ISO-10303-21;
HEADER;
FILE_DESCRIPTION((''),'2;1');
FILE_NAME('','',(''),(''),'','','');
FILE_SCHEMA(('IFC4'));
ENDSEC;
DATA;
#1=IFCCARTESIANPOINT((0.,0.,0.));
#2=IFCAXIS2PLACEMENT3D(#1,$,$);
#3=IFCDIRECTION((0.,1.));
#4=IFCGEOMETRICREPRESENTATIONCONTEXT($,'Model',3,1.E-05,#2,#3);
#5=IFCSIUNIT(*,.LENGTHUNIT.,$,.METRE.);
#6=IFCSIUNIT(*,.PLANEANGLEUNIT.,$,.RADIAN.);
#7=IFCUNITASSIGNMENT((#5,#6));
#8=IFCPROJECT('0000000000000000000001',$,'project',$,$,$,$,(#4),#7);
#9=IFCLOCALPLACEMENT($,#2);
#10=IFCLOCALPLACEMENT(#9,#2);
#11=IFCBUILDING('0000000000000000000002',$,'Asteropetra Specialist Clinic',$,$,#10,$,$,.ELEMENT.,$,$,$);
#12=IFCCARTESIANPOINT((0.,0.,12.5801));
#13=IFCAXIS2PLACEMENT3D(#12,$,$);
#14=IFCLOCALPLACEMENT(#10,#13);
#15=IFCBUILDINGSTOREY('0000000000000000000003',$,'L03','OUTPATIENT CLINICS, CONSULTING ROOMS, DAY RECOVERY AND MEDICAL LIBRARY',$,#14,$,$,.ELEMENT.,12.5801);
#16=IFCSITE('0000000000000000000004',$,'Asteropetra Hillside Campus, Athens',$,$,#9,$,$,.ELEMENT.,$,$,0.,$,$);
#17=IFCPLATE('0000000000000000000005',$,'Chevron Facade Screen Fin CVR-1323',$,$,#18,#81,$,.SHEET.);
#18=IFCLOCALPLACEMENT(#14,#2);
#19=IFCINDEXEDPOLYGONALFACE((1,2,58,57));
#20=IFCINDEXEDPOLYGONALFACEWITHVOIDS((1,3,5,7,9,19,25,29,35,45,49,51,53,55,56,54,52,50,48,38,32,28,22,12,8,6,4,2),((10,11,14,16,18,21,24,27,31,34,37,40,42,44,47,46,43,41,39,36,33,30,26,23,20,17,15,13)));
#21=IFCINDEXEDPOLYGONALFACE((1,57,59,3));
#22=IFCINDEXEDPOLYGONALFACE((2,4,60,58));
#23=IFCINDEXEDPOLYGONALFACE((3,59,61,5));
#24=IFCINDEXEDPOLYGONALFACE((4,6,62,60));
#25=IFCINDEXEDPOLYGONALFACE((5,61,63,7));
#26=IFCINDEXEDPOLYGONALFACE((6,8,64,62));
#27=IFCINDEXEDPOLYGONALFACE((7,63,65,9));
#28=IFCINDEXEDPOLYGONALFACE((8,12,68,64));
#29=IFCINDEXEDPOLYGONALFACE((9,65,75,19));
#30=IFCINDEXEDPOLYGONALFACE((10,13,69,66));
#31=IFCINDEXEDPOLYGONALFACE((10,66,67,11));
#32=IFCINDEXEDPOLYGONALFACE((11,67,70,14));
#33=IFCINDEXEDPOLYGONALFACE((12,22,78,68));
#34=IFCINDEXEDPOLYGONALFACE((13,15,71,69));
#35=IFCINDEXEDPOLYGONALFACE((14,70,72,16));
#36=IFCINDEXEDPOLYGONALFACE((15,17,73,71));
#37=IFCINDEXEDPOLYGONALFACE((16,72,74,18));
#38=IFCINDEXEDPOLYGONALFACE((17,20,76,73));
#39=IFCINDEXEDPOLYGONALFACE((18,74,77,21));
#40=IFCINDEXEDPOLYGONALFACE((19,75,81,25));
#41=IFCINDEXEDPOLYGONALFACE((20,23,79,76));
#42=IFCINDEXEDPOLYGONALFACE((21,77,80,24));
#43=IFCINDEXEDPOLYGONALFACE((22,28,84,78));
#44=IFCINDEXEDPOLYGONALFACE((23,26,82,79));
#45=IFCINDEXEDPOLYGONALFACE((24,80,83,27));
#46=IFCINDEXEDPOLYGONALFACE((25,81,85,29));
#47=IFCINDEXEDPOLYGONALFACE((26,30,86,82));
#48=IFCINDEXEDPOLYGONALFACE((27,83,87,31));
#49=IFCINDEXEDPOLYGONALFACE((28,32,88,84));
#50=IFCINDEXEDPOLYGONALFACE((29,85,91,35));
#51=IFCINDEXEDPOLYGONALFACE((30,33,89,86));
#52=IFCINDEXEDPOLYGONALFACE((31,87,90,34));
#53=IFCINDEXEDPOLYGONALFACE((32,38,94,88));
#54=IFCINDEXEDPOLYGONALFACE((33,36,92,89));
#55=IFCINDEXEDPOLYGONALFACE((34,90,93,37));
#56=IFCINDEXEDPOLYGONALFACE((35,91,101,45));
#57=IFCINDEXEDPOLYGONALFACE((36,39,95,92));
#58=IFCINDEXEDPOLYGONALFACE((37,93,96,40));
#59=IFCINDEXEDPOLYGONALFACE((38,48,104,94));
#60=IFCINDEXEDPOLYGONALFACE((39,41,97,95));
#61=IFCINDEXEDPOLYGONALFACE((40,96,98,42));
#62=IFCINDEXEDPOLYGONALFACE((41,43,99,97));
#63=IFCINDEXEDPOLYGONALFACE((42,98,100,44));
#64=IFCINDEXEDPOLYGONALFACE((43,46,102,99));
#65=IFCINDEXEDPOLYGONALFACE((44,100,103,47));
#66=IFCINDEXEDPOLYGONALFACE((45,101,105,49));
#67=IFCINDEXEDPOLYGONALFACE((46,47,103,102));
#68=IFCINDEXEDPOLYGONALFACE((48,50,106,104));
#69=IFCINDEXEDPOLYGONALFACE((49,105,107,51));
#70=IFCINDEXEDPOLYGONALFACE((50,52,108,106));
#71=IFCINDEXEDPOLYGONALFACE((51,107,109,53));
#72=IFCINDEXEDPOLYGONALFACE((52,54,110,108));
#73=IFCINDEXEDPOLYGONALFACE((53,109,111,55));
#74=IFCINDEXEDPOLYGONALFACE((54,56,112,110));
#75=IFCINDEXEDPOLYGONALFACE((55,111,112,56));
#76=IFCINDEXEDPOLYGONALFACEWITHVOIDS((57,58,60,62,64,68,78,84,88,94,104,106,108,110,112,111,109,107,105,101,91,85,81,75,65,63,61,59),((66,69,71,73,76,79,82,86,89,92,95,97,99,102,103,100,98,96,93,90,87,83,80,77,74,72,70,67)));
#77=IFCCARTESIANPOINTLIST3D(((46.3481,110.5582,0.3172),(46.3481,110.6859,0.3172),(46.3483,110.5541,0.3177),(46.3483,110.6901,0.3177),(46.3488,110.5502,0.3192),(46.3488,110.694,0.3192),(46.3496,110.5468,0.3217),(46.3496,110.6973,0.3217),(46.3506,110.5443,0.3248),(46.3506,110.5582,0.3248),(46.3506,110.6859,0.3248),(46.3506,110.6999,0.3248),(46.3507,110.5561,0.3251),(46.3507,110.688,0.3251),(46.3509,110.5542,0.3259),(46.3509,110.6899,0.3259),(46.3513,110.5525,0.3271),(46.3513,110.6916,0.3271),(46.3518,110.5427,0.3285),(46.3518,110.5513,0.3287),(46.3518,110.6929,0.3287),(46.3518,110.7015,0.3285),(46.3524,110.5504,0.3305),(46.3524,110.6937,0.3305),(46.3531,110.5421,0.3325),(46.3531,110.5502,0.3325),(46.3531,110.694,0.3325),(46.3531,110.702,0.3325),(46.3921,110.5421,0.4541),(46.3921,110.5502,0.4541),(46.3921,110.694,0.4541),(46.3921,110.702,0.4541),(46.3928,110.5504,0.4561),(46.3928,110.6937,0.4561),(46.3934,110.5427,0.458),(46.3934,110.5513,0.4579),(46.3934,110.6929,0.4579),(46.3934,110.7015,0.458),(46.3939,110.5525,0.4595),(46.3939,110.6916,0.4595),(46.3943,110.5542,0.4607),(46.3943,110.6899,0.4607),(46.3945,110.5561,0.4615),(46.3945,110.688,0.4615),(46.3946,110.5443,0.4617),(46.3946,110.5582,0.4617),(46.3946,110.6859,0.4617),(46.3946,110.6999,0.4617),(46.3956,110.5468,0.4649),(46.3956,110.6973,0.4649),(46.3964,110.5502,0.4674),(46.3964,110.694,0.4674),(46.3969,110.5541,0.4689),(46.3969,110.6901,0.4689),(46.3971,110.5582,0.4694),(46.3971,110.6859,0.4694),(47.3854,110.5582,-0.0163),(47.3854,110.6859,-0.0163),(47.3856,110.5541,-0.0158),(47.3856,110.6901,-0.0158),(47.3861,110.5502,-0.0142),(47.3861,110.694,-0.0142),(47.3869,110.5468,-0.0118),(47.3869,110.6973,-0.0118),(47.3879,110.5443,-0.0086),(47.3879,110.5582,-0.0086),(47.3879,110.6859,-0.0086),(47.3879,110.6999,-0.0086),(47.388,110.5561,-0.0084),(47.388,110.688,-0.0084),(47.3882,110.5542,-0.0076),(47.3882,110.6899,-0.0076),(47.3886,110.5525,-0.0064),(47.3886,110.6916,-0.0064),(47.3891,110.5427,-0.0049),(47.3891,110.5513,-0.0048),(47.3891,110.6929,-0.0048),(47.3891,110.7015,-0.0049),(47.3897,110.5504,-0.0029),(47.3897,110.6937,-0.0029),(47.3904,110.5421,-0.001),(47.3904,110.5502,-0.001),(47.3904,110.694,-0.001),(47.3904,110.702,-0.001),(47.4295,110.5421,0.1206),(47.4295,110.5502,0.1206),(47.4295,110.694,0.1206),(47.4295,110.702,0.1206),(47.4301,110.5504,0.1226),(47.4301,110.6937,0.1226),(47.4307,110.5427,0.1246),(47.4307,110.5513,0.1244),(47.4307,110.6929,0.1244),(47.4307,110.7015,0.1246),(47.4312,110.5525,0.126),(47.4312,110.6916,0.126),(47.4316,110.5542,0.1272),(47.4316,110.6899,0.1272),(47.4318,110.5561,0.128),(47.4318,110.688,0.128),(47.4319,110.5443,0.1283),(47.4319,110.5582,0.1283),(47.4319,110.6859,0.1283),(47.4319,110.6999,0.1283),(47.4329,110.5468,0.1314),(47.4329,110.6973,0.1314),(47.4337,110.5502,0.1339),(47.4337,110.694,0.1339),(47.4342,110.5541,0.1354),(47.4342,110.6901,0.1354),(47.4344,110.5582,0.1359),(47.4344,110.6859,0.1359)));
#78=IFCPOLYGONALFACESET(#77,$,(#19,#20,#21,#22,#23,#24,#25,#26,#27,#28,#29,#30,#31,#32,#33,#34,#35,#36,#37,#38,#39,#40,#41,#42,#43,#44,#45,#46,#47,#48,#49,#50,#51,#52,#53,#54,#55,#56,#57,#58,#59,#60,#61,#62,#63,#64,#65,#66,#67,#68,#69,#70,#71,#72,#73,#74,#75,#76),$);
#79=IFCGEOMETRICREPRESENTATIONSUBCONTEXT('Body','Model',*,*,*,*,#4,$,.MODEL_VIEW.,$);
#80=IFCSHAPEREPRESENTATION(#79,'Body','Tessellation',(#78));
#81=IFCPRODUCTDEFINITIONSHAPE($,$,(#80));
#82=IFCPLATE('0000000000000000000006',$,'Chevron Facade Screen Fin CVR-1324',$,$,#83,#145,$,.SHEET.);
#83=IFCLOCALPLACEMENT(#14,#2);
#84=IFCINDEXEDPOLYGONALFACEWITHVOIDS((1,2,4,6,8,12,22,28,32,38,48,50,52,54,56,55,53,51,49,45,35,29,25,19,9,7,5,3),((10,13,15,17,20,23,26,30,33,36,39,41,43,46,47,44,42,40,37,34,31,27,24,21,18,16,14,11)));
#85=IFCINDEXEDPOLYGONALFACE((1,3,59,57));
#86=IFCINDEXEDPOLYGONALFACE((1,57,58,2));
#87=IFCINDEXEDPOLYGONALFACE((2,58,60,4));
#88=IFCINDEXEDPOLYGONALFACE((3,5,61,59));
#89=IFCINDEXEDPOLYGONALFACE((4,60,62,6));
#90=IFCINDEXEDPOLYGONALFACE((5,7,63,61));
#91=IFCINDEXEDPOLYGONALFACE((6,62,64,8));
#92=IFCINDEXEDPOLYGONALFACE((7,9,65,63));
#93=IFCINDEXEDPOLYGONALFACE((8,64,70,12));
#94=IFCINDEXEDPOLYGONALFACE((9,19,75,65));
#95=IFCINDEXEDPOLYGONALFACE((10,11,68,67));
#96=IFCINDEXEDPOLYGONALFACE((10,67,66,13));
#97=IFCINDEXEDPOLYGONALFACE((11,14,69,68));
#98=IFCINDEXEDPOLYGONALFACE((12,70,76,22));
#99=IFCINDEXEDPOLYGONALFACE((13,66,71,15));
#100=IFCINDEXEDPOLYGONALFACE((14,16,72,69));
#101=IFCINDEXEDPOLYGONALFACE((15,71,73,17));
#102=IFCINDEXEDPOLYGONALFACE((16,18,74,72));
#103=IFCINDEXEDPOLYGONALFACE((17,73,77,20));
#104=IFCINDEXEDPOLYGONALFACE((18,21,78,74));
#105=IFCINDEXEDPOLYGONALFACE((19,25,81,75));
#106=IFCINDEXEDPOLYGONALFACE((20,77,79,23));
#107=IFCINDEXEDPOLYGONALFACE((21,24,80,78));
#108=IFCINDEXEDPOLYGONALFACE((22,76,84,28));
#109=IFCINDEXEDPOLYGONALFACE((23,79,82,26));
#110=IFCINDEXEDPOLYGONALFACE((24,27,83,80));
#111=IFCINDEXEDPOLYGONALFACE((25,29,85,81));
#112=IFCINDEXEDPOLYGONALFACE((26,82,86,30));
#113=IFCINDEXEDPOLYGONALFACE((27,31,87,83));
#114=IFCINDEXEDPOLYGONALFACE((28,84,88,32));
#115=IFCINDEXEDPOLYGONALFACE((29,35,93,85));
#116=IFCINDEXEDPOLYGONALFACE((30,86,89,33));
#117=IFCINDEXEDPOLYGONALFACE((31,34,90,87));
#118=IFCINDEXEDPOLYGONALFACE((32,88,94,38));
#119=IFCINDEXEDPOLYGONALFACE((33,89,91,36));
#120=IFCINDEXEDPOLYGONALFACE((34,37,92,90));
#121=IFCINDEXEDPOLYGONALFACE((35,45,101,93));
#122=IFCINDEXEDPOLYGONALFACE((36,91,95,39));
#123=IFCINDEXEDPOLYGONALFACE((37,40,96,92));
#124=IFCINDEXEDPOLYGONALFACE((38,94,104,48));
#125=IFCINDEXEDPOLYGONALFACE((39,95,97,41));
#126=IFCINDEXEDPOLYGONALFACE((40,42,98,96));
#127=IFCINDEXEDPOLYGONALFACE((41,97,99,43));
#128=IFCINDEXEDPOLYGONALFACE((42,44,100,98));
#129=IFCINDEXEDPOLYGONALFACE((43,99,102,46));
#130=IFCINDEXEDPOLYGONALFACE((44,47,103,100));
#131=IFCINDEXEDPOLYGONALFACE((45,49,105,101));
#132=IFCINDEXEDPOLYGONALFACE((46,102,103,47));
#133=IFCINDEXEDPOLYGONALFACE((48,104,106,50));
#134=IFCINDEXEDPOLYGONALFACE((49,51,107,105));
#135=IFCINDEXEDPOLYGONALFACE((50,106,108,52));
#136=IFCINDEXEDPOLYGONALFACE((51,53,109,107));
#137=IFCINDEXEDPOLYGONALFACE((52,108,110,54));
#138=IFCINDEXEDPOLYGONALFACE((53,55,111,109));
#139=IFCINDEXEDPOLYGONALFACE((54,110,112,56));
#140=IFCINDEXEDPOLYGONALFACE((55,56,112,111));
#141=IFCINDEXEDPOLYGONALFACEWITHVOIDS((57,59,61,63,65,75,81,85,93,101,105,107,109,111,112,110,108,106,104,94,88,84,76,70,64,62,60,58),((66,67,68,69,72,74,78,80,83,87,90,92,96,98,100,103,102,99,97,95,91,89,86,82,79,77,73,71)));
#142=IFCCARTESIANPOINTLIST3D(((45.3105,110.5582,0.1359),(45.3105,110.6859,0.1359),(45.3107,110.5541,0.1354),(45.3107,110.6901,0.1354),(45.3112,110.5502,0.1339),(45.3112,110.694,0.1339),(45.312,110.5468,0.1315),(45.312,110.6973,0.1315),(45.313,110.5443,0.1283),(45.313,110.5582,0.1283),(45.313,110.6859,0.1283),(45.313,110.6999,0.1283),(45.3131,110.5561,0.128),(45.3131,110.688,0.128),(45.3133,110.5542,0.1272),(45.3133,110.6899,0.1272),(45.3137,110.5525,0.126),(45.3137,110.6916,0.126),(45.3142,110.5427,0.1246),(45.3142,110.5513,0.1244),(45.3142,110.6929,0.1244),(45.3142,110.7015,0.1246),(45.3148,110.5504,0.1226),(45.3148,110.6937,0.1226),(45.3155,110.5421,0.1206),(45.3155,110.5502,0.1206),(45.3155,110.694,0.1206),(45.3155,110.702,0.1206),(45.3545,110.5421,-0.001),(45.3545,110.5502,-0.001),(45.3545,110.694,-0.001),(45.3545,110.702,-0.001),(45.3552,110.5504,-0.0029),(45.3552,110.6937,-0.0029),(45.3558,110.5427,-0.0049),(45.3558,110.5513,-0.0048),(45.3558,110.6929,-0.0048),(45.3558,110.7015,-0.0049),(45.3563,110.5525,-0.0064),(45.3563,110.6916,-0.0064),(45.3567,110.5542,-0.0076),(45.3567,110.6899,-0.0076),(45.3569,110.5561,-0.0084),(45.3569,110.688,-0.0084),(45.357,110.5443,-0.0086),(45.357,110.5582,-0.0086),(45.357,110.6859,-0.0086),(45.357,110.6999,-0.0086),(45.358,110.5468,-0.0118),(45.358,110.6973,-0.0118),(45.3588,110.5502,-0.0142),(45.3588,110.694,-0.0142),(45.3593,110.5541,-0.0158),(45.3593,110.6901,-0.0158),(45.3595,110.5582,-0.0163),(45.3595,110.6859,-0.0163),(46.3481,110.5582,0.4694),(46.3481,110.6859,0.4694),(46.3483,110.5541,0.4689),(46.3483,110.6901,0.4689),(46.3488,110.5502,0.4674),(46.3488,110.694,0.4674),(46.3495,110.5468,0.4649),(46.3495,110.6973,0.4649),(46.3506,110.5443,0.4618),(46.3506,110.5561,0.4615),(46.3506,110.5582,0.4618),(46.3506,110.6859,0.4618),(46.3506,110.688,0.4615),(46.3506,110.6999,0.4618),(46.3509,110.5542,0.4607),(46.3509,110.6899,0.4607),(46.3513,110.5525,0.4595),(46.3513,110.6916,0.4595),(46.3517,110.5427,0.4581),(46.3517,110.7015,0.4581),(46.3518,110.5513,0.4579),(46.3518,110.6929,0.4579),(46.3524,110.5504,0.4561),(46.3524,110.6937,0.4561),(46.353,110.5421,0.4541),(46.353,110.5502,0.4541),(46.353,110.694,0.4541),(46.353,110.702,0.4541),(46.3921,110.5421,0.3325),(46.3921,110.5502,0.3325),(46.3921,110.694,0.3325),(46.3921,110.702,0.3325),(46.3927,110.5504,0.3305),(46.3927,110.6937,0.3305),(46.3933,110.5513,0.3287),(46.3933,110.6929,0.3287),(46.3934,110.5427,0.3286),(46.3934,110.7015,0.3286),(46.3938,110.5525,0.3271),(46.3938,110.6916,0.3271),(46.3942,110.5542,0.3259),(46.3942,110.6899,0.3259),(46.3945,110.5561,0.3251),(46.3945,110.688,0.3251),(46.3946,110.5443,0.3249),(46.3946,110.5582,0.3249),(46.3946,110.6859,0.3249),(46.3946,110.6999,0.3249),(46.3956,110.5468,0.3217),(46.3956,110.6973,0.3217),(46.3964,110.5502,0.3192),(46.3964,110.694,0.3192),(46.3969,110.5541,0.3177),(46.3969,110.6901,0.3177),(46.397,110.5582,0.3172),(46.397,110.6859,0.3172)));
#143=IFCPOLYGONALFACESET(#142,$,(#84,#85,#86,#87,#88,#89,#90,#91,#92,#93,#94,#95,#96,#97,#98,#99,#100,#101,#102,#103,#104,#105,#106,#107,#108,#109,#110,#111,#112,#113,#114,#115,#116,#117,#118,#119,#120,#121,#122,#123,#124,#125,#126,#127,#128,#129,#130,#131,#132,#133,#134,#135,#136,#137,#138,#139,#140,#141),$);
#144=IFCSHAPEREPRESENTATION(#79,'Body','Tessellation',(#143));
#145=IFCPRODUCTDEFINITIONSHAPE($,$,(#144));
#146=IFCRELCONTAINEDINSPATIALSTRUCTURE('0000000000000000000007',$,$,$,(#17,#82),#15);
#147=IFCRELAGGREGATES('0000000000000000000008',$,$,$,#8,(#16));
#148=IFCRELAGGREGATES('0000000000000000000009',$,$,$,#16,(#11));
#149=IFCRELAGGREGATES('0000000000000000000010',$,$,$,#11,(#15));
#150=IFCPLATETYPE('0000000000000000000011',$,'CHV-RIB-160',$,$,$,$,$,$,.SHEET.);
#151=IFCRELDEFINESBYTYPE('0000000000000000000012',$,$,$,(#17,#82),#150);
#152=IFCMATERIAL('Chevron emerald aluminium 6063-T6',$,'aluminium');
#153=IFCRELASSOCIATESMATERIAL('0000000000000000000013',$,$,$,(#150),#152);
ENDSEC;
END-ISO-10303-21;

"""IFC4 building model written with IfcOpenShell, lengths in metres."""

from ifc_helpers import new_model, si_unit, direction, frame, origin, origin_2d, place, context, subcontext, project, spatial, hollow_rectangle, extrude, material, material_profile, profile_set, type_object, element, save


model = new_model("IFC4")

# Units and contexts
model_context = context("Model", 3, precision=1e-05, world=origin(), true_north=direction((0.0, 1.0)))
body_context = subcontext(model_context, "Body", "Model", "MODEL_VIEW")
ifc_project = project(units=[si_unit("LENGTHUNIT", "METRE"), si_unit("PLANEANGLEUNIT", "RADIAN")], contexts=[model_context])

# Site, building, storey
site_placement = place(None, origin())
site = spatial("IfcSite", under=ifc_project, at=site_placement, Name="Asteropetra Hillside Campus, Athens", CompositionType="ELEMENT", RefElevation=0.0)
building_placement = place(site_placement, origin())
building = spatial("IfcBuilding", under=site, at=building_placement, Name="Asteropetra Specialist Clinic", CompositionType="ELEMENT")
storey_placement = place(building_placement, frame((0.0, 0.0, 12.5801)))
storey = spatial("IfcBuildingStorey", under=building, at=storey_placement, Name="L03", Description="OUTPATIENT CLINICS, CONSULTING ROOMS, DAY RECOVERY AND MEDICAL LIBRARY", CompositionType="ELEMENT", Elevation=12.5801)

# Plates
ifc_material_1 = material(Name="Chevron emerald aluminium 6063-T6", Category="aluminium")
ifc_material_profile = material_profile(ifc_material_1, hollow_rectangle(XDim=0.1599, YDim=0.1599, WallThickness=0.0081, InnerFilletRadius=0.0081, OuterFilletRadius=0.0161, at=origin_2d()), Name="SHS 160x160x8.0")
ifc_profile_set = profile_set([ifc_material_profile], Name="Chevron emerald aluminium 6063-T6")
plate_type_1 = type_object("IfcPlateType", Name="CHV-RIB-160", PredefinedType="SHEET", material=ifc_profile_set)
plate_1_placement = place(storey_placement, frame((47.4099, 110.6221, 0.0598), z_axis=(-0.952012, 0.0, 0.30606), x_axis=(0.0, -1.0, 0.0)))
element("IfcPlate", 1, at=plate_1_placement, inside=storey, type_object=plate_type_1, Name="Chevron Facade Screen Fin CVR-1323", PredefinedType="SHEET", context=body_context, shape_type="SweptSolid", body=[
    extrude(hollow_rectangle(XDim=0.1599, YDim=0.1599, WallThickness=0.0081, InnerFilletRadius=0.0081, OuterFilletRadius=0.0161, at=origin_2d()), origin(), (0.0, 0.0, 1.0), 1.0896),
])
plate_2_placement = place(storey_placement, frame((46.3726, 110.6221, 0.3933), z_axis=(-0.952033, 0.0, -0.305995), x_axis=(0.0, -1.0, 0.0)))
element("IfcPlate", 2, at=plate_2_placement, inside=storey, type_object=plate_type_1, Name="Chevron Facade Screen Fin CVR-1324", PredefinedType="SHEET", context=body_context, shape_type="SweptSolid", body=[
    extrude(hollow_rectangle(XDim=0.1599, YDim=0.1599, WallThickness=0.0081, InnerFilletRadius=0.0081, OuterFilletRadius=0.0161, at=origin_2d()), origin(), (0.0, 0.0, 1.0), 1.0898),
])

save(model, "model.ifc")
